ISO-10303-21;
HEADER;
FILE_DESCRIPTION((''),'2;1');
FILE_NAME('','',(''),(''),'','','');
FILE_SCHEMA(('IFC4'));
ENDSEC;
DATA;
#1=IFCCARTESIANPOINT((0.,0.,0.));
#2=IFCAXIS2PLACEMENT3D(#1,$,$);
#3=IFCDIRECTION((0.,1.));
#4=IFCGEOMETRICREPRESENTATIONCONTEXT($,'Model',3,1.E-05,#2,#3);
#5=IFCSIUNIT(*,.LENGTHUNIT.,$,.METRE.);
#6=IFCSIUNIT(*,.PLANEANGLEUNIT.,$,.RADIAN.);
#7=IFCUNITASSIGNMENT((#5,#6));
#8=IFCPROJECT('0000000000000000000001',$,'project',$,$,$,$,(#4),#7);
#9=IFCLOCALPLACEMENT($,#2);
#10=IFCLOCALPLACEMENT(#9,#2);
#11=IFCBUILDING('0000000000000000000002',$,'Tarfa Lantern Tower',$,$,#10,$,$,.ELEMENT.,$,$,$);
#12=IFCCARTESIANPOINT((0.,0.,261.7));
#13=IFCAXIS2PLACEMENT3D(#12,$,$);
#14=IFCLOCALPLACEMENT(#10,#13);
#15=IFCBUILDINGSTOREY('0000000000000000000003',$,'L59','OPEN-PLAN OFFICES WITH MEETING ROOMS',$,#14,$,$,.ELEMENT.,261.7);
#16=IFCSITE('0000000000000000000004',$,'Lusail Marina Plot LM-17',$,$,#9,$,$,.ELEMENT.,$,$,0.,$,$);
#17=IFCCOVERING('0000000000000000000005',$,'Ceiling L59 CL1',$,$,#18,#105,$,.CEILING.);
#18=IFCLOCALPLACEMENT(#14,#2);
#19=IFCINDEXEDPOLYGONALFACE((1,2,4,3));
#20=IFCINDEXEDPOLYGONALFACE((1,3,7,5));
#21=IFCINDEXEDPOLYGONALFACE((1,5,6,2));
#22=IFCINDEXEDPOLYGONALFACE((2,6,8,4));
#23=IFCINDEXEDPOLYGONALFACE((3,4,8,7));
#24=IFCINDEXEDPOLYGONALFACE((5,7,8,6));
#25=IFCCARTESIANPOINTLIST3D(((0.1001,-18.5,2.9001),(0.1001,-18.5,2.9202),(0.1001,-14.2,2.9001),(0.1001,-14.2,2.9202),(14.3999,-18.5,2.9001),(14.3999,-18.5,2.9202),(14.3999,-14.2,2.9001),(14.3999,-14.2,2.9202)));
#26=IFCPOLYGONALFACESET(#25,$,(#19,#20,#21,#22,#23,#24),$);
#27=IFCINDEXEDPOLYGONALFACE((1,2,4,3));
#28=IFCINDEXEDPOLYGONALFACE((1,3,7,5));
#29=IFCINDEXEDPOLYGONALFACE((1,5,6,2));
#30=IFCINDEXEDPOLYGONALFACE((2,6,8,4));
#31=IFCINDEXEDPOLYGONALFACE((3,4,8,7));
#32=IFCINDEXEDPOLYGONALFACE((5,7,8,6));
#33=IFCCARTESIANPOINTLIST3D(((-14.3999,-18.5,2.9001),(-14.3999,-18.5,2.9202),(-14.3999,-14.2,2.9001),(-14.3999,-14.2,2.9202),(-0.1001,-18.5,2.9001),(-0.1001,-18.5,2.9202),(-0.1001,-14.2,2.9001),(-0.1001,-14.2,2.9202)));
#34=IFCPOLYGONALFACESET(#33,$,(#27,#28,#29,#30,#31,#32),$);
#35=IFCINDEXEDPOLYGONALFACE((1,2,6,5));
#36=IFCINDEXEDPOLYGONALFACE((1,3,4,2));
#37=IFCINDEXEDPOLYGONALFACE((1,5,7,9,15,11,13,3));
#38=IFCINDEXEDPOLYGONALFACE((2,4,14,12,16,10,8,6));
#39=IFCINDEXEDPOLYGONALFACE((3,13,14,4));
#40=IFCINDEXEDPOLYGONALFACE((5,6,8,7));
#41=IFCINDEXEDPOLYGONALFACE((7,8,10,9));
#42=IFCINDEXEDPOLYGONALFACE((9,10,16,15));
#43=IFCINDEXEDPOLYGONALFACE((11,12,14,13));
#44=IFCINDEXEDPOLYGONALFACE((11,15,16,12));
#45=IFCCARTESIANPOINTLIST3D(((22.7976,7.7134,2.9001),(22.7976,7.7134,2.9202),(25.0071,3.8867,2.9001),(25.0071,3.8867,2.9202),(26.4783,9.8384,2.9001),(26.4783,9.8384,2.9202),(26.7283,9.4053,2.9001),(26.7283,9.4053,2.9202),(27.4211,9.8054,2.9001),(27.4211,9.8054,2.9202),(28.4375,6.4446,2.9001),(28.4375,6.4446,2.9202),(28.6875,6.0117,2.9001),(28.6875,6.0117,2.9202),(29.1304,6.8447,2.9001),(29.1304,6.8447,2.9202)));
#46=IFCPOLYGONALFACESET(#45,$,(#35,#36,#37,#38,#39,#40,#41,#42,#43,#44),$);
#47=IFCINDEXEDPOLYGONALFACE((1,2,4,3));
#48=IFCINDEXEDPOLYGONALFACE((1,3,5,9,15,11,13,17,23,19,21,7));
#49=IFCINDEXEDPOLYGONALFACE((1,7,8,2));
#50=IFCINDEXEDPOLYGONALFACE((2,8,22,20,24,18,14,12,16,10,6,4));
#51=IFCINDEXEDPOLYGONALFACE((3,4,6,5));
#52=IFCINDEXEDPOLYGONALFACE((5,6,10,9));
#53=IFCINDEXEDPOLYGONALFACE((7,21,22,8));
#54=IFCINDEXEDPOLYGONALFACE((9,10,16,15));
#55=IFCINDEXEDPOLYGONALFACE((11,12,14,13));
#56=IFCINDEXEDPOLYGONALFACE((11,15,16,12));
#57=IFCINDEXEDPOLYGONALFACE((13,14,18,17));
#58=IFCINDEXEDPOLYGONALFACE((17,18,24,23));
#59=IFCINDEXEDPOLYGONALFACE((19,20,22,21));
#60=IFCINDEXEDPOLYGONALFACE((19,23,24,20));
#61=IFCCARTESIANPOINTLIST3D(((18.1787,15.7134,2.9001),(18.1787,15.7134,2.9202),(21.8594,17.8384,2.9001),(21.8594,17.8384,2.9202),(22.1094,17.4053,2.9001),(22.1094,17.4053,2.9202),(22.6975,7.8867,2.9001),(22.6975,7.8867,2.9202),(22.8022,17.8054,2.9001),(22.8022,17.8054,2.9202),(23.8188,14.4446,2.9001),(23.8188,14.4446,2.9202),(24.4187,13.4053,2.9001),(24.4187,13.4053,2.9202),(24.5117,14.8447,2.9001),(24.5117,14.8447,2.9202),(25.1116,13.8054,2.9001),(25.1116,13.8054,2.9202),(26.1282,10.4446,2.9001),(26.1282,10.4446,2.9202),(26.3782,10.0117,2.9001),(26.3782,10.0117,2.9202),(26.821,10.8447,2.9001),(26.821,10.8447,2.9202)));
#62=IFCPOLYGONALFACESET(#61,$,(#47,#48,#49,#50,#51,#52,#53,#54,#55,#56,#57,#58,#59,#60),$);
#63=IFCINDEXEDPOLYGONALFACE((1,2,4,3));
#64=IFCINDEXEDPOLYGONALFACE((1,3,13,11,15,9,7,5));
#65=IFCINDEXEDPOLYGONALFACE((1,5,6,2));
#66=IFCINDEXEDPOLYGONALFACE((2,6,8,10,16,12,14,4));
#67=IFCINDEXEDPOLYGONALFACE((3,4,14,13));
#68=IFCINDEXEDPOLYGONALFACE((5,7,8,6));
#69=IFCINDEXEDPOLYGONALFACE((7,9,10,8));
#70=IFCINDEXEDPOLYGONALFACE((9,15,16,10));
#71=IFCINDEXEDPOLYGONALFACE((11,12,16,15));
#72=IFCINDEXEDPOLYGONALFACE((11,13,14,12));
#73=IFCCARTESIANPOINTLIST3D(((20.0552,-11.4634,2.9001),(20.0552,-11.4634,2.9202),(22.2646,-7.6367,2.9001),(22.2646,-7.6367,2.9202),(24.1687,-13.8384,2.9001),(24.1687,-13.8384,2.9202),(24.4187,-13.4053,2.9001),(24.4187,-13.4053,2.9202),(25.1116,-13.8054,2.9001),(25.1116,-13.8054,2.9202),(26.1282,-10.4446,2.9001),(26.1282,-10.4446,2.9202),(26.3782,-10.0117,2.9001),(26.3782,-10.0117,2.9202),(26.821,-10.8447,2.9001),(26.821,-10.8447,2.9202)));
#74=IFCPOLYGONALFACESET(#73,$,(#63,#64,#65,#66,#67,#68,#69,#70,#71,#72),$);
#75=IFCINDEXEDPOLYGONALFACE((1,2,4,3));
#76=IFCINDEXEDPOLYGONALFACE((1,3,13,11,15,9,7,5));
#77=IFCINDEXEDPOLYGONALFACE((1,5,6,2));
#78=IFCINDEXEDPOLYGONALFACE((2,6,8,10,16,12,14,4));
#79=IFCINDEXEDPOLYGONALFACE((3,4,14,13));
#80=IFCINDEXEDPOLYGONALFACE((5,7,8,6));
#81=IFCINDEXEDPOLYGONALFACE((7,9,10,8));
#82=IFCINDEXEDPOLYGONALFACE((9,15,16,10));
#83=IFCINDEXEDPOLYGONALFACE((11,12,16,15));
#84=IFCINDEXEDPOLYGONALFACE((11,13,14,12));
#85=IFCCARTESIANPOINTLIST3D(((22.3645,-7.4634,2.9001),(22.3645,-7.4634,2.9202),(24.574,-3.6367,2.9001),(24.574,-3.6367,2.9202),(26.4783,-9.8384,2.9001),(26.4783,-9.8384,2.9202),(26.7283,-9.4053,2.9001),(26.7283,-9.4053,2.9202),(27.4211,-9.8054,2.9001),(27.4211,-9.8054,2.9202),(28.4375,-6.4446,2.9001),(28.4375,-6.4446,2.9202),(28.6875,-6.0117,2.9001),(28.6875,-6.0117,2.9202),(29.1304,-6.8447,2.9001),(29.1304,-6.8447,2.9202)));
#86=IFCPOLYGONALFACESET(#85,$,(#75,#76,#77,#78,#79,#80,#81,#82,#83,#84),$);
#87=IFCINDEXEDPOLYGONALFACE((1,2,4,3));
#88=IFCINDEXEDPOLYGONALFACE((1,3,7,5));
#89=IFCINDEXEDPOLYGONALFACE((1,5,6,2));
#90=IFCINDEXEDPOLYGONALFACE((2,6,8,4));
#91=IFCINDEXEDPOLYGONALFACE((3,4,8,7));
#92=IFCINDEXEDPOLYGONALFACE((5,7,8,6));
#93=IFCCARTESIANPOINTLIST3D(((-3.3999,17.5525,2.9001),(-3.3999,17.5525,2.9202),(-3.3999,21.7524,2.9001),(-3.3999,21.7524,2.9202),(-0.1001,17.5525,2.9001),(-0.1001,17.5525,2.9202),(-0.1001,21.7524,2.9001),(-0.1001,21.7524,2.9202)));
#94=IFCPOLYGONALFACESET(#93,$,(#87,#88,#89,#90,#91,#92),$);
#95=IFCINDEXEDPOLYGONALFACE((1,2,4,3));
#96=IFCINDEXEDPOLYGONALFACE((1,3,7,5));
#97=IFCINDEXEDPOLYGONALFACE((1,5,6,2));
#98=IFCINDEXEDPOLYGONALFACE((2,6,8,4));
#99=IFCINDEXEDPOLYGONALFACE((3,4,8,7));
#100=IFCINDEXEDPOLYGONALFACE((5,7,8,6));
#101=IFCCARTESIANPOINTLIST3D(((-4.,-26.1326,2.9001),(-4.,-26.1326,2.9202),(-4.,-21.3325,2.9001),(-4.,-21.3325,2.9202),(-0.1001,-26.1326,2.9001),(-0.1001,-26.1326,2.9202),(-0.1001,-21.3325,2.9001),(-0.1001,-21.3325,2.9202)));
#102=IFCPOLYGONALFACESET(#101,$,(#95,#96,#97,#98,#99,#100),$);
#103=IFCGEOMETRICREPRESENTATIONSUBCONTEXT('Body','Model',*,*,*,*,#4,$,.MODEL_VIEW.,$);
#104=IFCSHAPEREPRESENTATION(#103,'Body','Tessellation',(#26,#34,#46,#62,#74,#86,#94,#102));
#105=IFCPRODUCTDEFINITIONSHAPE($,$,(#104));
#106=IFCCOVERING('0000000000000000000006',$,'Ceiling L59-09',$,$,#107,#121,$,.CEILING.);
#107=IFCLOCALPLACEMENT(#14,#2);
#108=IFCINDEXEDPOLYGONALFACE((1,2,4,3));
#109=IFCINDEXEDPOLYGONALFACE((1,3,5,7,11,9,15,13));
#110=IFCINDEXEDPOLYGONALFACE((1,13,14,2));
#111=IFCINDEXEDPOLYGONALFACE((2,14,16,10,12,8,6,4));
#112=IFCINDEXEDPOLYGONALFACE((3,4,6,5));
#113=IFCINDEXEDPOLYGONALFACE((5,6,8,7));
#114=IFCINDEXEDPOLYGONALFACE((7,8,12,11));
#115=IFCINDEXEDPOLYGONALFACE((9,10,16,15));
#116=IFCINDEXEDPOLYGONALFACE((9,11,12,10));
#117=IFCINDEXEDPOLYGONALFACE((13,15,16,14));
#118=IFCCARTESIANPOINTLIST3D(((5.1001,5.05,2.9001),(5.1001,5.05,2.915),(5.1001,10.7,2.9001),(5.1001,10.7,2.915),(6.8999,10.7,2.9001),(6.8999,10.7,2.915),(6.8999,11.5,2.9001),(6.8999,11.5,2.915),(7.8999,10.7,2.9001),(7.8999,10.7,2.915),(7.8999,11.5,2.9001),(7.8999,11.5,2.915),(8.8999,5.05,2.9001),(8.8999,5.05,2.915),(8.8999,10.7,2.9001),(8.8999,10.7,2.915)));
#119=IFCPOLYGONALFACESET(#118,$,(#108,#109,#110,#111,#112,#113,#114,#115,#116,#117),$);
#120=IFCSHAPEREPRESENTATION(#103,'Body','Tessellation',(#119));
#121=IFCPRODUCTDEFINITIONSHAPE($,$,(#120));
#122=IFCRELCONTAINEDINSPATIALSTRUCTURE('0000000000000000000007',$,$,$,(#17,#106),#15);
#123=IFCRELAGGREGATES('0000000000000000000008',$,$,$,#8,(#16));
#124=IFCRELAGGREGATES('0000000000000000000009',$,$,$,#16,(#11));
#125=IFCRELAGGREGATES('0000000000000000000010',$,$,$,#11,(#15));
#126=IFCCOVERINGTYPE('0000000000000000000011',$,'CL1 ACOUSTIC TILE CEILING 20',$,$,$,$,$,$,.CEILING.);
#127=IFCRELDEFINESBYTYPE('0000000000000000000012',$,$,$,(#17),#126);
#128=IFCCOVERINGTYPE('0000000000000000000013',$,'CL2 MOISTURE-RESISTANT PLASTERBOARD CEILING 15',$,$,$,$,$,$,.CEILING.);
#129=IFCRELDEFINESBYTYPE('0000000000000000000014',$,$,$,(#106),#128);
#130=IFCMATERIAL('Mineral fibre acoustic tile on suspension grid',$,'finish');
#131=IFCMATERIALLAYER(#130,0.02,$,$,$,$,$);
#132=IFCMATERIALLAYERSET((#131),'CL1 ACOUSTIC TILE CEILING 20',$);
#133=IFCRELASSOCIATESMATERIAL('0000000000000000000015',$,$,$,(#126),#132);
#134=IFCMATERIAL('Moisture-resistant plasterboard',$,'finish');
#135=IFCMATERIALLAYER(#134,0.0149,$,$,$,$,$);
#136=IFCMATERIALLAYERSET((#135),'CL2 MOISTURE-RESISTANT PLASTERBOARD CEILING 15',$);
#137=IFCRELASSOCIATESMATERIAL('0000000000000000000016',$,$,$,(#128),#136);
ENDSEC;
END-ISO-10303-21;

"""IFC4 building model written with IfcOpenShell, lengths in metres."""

from ifc_helpers import new_model, si_unit, direction, frame, origin, place, context, subcontext, project, spatial, polyline, outline, extrude, material, layer, layer_set, type_object, element, save


model = new_model("IFC4")

# Units and contexts
model_context = context("Model", 3, precision=1e-05, world=origin(), true_north=direction((0.0, 1.0)))
body_context = subcontext(model_context, "Body", "Model", "MODEL_VIEW")
ifc_project = project(units=[si_unit("LENGTHUNIT", "METRE"), si_unit("PLANEANGLEUNIT", "RADIAN")], contexts=[model_context])

# Site, building, storey
site_placement = place(None, origin())
site = spatial("IfcSite", under=ifc_project, at=site_placement, Name="Lusail Marina Plot LM-17", CompositionType="ELEMENT", RefElevation=0.0)
building_placement = place(site_placement, origin())
building = spatial("IfcBuilding", under=site, at=building_placement, Name="Tarfa Lantern Tower", CompositionType="ELEMENT")
storey_placement = place(building_placement, frame((0.0, 0.0, 261.7)))
storey = spatial("IfcBuildingStorey", under=building, at=storey_placement, Name="L59", Description="OPEN-PLAN OFFICES WITH MEETING ROOMS", CompositionType="ELEMENT", Elevation=261.7)

# Coverings
ifc_material_1 = material(Name="Mineral fibre acoustic tile on suspension grid", Category="finish")
ifc_layer_1 = layer(ifc_material_1, 0.02)
ifc_layer_set_1 = layer_set([ifc_layer_1], Name="CL1 ACOUSTIC TILE CEILING 20")
covering_type_1 = type_object("IfcCoveringType", Name="CL1 ACOUSTIC TILE CEILING 20", PredefinedType="CEILING", material=ifc_layer_set_1)
covering_1_placement = place(storey_placement, frame((0.0, 0.0, 2.9001)))
element("IfcCovering", 1, at=covering_1_placement, inside=storey, type_object=covering_type_1, Name="Ceiling L59 CL1", PredefinedType="CEILING", context=body_context, shape_type="SweptSolid", body=[
    extrude(outline(polyline([(0.1001, -14.2), (14.3999, -14.2), (14.3999, -18.5), (0.1001, -18.5), (0.1001, -14.2)])), origin(), (0.0, 0.0, 1.0), 0.02),
    extrude(outline(polyline([(-14.3999, -14.2), (-0.1001, -14.2), (-0.1001, -18.5), (-14.3999, -18.5), (-14.3999, -14.2)])), origin(), (0.0, 0.0, 1.0), 0.02),
    extrude(outline(polyline([(22.7976, 7.7134), (26.4783, 9.8384), (26.7283, 9.4053), (27.4211, 9.8054), (29.1304, 6.8447), (28.4375, 6.4446), (28.6875, 6.0117), (25.0071, 3.8867), (22.7976, 7.7134)])), origin(), (0.0, 0.0, 1.0), 0.02),
    extrude(outline(polyline([(18.1787, 15.7134), (21.8594, 17.8384), (22.1094, 17.4053), (22.8022, 17.8054), (24.5117, 14.8447), (23.8188, 14.4446), (24.4187, 13.4053), (25.1116, 13.8054), (26.821, 10.8447), (26.1282, 10.4446), (26.3782, 10.0117), (22.6975, 7.8867), (18.1787, 15.7134)])), origin(), (0.0, 0.0, 1.0), 0.02),
    extrude(outline(polyline([(22.2646, -7.6367), (26.3782, -10.0117), (26.1282, -10.4446), (26.821, -10.8447), (25.1116, -13.8054), (24.4187, -13.4053), (24.1687, -13.8384), (20.0552, -11.4634), (22.2646, -7.6367)])), origin(), (0.0, 0.0, 1.0), 0.02),
    extrude(outline(polyline([(24.574, -3.6367), (28.6875, -6.0117), (28.4375, -6.4446), (29.1304, -6.8447), (27.4211, -9.8054), (26.7283, -9.4053), (26.4783, -9.8384), (22.3645, -7.4634), (24.574, -3.6367)])), origin(), (0.0, 0.0, 1.0), 0.02),
    extrude(outline(polyline([(-3.3999, 21.7524), (-0.1001, 21.7524), (-0.1001, 17.5525), (-3.3999, 17.5525), (-3.3999, 21.7524)])), origin(), (0.0, 0.0, 1.0), 0.02),
    extrude(outline(polyline([(-4.0, -26.1326), (-4.0, -21.3325), (-0.1001, -21.3325), (-0.1001, -26.1326), (-4.0, -26.1326)])), origin(), (0.0, 0.0, 1.0), 0.02),
])
ifc_material_2 = material(Name="Moisture-resistant plasterboard", Category="finish")
ifc_layer_2 = layer(ifc_material_2, 0.0149)
ifc_layer_set_2 = layer_set([ifc_layer_2], Name="CL2 MOISTURE-RESISTANT PLASTERBOARD CEILING 15")
covering_type_2 = type_object("IfcCoveringType", Name="CL2 MOISTURE-RESISTANT PLASTERBOARD CEILING 15", PredefinedType="CEILING", material=ifc_layer_set_2)
covering_2_placement = place(storey_placement, frame((0.0, 0.0, 2.9001)))
element("IfcCovering", 2, at=covering_2_placement, inside=storey, type_object=covering_type_2, Name="Ceiling L59-09", PredefinedType="CEILING", context=body_context, shape_type="SweptSolid", body=[
    extrude(outline(polyline([(5.1001, 5.05), (8.8999, 5.05), (8.8999, 10.7), (7.8999, 10.7), (7.8999, 11.5), (6.8999, 11.5), (6.8999, 10.7), (5.1001, 10.7), (5.1001, 5.05)])), origin(), (0.0, 0.0, 1.0), 0.0149),
])

save(model, "model.ifc")
